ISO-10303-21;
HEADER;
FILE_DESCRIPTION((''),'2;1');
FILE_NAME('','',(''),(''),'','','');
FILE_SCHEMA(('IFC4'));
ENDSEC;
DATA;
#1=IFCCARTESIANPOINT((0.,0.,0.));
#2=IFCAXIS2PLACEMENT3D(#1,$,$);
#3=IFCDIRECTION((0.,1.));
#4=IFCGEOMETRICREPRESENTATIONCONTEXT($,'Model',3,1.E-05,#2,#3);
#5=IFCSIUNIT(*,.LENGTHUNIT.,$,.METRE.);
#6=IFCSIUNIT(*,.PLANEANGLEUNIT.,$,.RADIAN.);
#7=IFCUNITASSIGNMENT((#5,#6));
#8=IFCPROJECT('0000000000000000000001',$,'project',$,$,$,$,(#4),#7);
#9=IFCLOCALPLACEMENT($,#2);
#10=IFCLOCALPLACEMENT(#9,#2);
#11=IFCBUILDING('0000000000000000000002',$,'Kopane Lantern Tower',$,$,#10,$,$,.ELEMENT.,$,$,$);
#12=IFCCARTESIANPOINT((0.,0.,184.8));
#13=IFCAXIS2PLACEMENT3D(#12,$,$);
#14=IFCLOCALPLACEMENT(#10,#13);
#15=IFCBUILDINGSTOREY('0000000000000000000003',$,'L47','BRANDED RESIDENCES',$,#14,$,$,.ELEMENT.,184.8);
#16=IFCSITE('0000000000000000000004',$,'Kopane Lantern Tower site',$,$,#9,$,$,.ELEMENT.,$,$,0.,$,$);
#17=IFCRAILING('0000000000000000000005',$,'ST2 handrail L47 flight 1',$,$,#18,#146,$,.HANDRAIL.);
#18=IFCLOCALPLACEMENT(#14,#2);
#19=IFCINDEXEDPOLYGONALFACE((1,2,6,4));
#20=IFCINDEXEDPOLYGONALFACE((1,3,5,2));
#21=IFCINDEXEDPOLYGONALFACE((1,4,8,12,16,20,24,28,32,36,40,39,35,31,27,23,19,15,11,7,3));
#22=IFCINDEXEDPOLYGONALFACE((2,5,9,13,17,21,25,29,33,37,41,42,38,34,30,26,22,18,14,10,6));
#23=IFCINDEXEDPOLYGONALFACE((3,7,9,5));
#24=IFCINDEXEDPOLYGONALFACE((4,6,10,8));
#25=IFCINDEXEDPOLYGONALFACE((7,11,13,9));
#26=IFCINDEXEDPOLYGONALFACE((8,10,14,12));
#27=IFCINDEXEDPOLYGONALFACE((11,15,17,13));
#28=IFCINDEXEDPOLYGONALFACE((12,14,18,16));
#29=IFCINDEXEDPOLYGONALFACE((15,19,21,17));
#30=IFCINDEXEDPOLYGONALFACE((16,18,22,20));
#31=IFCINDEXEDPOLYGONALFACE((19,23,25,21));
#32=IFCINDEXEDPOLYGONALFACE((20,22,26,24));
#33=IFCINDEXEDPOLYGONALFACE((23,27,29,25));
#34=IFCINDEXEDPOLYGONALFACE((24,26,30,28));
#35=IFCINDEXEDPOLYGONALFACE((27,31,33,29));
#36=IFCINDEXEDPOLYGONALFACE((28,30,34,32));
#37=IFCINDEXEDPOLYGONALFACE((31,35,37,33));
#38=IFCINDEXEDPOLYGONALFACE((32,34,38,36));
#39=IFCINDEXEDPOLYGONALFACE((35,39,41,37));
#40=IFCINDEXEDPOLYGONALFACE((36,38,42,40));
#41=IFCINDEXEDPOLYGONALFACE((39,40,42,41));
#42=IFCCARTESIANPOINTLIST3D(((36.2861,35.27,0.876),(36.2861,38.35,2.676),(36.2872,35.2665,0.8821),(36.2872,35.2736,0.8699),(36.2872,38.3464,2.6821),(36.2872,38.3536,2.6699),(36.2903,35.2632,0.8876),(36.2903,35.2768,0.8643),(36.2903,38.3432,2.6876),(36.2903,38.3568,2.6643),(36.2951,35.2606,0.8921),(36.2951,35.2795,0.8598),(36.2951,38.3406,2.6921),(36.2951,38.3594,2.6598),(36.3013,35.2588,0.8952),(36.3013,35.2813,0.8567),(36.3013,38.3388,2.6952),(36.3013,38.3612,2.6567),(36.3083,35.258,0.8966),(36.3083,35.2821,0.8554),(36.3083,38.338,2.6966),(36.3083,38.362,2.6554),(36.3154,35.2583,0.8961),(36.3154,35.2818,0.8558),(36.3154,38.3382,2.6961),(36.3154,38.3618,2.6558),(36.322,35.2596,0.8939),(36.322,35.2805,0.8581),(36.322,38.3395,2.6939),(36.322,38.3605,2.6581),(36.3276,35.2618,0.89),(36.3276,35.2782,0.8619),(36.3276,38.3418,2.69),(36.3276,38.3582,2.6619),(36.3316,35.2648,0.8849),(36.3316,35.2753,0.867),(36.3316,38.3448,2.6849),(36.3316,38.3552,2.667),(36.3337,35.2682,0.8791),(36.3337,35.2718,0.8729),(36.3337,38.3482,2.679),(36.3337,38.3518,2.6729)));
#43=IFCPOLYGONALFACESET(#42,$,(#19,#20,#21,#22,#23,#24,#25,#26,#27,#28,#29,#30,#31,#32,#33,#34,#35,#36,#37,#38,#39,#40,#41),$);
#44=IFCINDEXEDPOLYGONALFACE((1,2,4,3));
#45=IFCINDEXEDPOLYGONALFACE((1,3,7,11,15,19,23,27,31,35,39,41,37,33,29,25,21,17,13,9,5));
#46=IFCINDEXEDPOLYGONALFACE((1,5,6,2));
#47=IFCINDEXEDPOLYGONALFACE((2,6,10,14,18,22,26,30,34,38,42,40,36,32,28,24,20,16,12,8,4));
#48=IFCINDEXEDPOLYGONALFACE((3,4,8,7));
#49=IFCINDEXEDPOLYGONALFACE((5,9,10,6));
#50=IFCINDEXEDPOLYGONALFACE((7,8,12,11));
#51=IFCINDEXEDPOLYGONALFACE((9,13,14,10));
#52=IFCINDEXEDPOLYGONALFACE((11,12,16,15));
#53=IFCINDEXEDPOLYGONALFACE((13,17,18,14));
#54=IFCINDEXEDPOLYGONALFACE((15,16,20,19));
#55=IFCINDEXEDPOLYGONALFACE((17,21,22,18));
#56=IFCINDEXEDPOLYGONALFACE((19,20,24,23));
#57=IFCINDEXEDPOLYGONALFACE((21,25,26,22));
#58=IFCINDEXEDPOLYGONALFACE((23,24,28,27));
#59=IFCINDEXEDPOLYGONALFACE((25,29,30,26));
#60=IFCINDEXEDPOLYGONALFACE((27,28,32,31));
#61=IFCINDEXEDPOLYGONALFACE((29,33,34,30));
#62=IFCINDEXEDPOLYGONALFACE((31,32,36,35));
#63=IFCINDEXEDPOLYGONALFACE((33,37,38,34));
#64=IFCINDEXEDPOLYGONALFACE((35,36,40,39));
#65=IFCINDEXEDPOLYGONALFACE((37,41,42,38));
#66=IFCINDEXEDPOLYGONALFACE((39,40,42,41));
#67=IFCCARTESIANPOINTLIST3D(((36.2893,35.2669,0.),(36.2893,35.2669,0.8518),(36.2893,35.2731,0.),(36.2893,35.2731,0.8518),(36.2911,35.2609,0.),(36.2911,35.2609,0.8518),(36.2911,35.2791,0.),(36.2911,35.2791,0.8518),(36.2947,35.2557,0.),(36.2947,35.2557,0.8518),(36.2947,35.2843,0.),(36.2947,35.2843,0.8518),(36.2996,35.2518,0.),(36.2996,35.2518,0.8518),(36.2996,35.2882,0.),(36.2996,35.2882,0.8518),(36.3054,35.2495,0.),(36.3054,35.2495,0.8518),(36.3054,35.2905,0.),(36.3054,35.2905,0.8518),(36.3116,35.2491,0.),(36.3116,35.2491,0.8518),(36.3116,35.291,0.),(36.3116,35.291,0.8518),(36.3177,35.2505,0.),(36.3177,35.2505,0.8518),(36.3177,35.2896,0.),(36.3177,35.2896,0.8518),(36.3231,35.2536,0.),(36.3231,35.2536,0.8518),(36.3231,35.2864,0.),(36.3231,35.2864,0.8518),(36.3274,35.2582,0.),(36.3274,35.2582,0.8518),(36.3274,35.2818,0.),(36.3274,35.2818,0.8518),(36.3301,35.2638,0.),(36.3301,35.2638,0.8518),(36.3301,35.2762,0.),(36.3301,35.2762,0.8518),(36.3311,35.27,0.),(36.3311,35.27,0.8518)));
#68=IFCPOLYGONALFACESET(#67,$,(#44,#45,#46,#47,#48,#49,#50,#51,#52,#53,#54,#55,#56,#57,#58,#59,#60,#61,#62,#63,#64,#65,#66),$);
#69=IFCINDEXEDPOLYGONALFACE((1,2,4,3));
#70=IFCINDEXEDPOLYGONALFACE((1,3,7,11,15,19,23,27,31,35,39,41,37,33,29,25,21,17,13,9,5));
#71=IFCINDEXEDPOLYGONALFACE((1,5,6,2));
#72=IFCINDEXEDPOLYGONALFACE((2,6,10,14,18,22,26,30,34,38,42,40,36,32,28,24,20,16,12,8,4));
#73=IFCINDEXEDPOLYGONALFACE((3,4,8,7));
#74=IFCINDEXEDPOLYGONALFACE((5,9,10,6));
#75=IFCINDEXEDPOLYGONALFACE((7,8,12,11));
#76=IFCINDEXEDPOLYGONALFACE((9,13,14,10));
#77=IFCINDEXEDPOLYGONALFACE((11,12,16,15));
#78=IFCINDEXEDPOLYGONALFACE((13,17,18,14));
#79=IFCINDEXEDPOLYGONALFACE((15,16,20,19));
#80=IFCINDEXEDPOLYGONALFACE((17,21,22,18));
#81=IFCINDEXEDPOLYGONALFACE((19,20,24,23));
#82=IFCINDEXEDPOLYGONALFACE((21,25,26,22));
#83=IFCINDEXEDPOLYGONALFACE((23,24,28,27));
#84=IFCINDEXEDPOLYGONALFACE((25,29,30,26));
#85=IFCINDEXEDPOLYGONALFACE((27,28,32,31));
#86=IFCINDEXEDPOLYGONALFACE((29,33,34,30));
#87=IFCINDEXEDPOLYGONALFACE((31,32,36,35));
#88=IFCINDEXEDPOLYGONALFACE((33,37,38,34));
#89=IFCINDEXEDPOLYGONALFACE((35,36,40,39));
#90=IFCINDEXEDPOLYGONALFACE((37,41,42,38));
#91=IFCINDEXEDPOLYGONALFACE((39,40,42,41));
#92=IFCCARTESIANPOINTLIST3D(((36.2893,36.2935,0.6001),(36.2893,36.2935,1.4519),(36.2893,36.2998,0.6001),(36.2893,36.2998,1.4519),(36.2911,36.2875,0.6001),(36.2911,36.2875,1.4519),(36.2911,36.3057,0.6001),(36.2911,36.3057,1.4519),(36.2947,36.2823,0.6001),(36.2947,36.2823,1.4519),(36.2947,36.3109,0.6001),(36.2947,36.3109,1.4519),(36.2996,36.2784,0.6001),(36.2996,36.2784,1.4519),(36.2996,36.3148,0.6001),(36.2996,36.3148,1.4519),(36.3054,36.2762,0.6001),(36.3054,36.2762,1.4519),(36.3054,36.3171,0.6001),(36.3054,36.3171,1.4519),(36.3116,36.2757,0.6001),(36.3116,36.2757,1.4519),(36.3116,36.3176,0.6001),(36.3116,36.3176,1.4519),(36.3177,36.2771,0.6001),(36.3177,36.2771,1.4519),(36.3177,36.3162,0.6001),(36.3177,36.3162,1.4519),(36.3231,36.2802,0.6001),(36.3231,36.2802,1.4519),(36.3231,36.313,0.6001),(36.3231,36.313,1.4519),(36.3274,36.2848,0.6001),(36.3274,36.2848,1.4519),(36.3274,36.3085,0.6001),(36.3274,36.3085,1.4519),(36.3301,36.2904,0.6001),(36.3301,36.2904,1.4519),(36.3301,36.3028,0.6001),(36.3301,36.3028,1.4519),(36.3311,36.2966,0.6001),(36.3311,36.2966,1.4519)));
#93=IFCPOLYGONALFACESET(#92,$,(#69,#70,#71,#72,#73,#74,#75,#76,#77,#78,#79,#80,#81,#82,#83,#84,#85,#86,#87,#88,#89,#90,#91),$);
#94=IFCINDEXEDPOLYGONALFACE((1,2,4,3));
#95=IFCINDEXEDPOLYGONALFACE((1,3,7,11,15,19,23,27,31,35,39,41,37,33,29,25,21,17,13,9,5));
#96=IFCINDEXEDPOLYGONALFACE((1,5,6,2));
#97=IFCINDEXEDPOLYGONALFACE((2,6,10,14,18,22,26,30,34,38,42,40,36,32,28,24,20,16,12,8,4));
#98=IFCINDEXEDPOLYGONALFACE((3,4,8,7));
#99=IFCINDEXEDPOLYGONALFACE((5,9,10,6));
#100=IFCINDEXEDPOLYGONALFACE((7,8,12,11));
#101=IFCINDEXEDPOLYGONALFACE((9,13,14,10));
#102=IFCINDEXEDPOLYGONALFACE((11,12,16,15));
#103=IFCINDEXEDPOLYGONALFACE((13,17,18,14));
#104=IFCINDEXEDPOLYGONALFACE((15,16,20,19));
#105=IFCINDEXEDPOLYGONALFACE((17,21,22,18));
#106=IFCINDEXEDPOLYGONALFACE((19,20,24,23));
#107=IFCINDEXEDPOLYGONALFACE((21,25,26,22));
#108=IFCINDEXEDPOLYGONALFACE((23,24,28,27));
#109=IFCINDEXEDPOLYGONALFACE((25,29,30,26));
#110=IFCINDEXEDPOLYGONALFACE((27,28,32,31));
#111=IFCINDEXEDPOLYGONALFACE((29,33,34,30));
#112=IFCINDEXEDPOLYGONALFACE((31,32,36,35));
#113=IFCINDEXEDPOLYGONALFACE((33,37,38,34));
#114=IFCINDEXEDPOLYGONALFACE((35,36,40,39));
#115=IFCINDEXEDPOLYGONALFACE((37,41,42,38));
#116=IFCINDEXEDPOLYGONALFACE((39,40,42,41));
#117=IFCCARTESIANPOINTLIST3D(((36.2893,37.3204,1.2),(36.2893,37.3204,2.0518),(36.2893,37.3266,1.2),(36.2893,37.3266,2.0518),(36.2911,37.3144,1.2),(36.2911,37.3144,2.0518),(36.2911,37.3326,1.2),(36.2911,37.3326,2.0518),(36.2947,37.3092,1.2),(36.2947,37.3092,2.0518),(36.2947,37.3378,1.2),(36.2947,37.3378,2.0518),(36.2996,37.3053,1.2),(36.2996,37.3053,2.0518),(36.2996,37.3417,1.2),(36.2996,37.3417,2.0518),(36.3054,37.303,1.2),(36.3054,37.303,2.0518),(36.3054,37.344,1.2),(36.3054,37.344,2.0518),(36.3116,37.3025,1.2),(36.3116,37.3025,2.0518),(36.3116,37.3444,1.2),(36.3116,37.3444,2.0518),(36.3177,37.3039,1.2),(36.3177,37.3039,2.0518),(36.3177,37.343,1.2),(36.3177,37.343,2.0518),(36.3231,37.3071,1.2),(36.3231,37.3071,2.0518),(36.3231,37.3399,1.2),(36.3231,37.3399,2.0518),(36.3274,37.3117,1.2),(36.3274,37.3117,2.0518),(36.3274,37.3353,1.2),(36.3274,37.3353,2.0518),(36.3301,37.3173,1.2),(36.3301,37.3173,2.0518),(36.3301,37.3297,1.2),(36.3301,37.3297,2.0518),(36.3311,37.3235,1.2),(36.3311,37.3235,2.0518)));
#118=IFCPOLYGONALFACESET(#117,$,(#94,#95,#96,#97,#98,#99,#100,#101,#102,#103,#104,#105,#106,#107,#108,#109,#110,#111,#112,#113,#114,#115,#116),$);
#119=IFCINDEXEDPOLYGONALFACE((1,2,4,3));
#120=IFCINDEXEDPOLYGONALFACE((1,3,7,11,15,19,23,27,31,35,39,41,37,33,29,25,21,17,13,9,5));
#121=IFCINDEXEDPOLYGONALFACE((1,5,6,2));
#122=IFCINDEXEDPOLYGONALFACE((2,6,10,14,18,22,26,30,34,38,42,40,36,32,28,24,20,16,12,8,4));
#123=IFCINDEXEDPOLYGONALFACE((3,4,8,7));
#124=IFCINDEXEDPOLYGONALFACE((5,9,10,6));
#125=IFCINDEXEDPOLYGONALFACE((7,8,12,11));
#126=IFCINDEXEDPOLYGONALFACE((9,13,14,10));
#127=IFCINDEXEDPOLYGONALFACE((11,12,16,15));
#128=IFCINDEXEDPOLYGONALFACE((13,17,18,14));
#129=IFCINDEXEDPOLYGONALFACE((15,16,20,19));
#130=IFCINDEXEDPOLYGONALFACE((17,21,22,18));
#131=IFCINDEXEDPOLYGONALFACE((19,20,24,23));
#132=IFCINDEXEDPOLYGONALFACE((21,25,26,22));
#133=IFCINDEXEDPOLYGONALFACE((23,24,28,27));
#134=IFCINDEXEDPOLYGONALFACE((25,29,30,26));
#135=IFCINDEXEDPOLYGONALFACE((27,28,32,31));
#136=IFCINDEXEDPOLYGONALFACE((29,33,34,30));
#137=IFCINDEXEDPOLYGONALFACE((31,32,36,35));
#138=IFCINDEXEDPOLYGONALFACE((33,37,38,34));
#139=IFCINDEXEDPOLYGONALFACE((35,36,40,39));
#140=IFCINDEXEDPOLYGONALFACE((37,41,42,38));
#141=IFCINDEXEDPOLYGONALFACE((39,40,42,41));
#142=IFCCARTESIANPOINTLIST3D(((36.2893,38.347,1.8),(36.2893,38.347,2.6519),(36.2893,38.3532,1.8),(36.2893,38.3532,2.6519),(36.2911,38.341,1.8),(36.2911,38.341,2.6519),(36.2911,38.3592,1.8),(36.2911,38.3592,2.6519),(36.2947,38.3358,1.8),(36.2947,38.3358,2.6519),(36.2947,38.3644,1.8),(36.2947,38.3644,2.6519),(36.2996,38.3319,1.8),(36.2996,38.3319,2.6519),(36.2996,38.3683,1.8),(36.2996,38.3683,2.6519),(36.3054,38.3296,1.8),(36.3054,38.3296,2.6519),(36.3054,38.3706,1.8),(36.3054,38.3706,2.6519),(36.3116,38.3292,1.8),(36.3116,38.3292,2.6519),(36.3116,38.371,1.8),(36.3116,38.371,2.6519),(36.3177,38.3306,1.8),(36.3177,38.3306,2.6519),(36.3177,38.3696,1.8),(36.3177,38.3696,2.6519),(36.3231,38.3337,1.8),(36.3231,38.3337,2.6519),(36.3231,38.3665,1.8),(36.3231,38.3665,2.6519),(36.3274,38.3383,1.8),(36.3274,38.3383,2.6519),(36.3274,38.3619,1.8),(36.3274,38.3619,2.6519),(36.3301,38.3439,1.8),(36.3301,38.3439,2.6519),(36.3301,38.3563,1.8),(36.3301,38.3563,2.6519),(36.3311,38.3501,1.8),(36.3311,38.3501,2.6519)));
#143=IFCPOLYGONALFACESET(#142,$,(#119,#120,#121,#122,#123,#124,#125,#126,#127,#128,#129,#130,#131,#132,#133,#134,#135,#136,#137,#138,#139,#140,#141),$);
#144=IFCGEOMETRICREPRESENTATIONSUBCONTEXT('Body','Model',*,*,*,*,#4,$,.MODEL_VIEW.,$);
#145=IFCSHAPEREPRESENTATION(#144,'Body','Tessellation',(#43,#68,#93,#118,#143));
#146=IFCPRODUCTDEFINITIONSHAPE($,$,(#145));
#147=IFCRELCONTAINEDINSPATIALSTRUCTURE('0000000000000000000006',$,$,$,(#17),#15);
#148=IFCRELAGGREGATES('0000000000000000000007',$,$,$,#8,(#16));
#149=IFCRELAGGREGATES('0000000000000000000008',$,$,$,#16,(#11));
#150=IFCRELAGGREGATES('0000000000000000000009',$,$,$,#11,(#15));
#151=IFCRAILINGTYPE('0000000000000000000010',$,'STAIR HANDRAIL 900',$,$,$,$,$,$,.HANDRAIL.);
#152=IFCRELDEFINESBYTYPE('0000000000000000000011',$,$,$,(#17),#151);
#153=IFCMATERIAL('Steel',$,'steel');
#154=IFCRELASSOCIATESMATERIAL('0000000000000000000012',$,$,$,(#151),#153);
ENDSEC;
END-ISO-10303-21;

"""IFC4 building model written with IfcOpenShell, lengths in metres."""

from ifc_helpers import new_model, si_unit, direction, frame, origin, origin_2d, place, context, subcontext, project, spatial, circle, extrude, material, type_object, element, save


model = new_model("IFC4")

# Units and contexts
model_context = context("Model", 3, precision=1e-05, world=origin(), true_north=direction((0.0, 1.0)))
body_context = subcontext(model_context, "Body", "Model", "MODEL_VIEW")
ifc_project = project(units=[si_unit("LENGTHUNIT", "METRE"), si_unit("PLANEANGLEUNIT", "RADIAN")], contexts=[model_context])

# Site, building, storey
site_placement = place(None, origin())
site = spatial("IfcSite", under=ifc_project, at=site_placement, Name="Kopane Lantern Tower site", CompositionType="ELEMENT", RefElevation=0.0)
building_placement = place(site_placement, origin())
building = spatial("IfcBuilding", under=site, at=building_placement, Name="Kopane Lantern Tower", CompositionType="ELEMENT")
storey_placement = place(building_placement, frame((0.0, 0.0, 184.8)))
storey = spatial("IfcBuildingStorey", under=building, at=storey_placement, Name="L47", Description="BRANDED RESIDENCES", CompositionType="ELEMENT", Elevation=184.8)

# Railing
ifc_material_1 = material(Name="Steel", Category="steel")
railing_type_1 = type_object("IfcRailingType", Name="STAIR HANDRAIL 900", PredefinedType="HANDRAIL", material=ifc_material_1)
for number, where, name in (
    (1, (36.3101, 35.27, 0.0), "ST2 handrail L47 flight 1"),
):
    element("IfcRailing", number, at=place(storey_placement, frame(where)), inside=storey, type_object=railing_type_1, Name=name, PredefinedType="HANDRAIL", context=body_context, shape_type="SweptSolid", body=[
        extrude(circle(Radius=0.0239, at=origin_2d()), frame((0.0, 0.0, 0.876), z_axis=(0.0, 0.863372, 0.504569), x_axis=(-1.0, 0.0, 0.0)), (0.0, 0.0, 1.0), 3.5674),
        extrude(circle(Radius=0.021, at=origin_2d()), origin(), (0.0, 0.0, 1.0), 0.8518),
        extrude(circle(Radius=0.021, at=origin_2d()), frame((0.0, 1.0266, 0.6001)), (0.0, 0.0, 1.0), 0.8518),
        extrude(circle(Radius=0.021, at=origin_2d()), frame((0.0, 2.0535, 1.2)), (0.0, 0.0, 1.0), 0.8518),
        extrude(circle(Radius=0.021, at=origin_2d()), frame((0.0, 3.0801, 1.8)), (0.0, 0.0, 1.0), 0.8518),
    ])

save(model, "model.ifc")
